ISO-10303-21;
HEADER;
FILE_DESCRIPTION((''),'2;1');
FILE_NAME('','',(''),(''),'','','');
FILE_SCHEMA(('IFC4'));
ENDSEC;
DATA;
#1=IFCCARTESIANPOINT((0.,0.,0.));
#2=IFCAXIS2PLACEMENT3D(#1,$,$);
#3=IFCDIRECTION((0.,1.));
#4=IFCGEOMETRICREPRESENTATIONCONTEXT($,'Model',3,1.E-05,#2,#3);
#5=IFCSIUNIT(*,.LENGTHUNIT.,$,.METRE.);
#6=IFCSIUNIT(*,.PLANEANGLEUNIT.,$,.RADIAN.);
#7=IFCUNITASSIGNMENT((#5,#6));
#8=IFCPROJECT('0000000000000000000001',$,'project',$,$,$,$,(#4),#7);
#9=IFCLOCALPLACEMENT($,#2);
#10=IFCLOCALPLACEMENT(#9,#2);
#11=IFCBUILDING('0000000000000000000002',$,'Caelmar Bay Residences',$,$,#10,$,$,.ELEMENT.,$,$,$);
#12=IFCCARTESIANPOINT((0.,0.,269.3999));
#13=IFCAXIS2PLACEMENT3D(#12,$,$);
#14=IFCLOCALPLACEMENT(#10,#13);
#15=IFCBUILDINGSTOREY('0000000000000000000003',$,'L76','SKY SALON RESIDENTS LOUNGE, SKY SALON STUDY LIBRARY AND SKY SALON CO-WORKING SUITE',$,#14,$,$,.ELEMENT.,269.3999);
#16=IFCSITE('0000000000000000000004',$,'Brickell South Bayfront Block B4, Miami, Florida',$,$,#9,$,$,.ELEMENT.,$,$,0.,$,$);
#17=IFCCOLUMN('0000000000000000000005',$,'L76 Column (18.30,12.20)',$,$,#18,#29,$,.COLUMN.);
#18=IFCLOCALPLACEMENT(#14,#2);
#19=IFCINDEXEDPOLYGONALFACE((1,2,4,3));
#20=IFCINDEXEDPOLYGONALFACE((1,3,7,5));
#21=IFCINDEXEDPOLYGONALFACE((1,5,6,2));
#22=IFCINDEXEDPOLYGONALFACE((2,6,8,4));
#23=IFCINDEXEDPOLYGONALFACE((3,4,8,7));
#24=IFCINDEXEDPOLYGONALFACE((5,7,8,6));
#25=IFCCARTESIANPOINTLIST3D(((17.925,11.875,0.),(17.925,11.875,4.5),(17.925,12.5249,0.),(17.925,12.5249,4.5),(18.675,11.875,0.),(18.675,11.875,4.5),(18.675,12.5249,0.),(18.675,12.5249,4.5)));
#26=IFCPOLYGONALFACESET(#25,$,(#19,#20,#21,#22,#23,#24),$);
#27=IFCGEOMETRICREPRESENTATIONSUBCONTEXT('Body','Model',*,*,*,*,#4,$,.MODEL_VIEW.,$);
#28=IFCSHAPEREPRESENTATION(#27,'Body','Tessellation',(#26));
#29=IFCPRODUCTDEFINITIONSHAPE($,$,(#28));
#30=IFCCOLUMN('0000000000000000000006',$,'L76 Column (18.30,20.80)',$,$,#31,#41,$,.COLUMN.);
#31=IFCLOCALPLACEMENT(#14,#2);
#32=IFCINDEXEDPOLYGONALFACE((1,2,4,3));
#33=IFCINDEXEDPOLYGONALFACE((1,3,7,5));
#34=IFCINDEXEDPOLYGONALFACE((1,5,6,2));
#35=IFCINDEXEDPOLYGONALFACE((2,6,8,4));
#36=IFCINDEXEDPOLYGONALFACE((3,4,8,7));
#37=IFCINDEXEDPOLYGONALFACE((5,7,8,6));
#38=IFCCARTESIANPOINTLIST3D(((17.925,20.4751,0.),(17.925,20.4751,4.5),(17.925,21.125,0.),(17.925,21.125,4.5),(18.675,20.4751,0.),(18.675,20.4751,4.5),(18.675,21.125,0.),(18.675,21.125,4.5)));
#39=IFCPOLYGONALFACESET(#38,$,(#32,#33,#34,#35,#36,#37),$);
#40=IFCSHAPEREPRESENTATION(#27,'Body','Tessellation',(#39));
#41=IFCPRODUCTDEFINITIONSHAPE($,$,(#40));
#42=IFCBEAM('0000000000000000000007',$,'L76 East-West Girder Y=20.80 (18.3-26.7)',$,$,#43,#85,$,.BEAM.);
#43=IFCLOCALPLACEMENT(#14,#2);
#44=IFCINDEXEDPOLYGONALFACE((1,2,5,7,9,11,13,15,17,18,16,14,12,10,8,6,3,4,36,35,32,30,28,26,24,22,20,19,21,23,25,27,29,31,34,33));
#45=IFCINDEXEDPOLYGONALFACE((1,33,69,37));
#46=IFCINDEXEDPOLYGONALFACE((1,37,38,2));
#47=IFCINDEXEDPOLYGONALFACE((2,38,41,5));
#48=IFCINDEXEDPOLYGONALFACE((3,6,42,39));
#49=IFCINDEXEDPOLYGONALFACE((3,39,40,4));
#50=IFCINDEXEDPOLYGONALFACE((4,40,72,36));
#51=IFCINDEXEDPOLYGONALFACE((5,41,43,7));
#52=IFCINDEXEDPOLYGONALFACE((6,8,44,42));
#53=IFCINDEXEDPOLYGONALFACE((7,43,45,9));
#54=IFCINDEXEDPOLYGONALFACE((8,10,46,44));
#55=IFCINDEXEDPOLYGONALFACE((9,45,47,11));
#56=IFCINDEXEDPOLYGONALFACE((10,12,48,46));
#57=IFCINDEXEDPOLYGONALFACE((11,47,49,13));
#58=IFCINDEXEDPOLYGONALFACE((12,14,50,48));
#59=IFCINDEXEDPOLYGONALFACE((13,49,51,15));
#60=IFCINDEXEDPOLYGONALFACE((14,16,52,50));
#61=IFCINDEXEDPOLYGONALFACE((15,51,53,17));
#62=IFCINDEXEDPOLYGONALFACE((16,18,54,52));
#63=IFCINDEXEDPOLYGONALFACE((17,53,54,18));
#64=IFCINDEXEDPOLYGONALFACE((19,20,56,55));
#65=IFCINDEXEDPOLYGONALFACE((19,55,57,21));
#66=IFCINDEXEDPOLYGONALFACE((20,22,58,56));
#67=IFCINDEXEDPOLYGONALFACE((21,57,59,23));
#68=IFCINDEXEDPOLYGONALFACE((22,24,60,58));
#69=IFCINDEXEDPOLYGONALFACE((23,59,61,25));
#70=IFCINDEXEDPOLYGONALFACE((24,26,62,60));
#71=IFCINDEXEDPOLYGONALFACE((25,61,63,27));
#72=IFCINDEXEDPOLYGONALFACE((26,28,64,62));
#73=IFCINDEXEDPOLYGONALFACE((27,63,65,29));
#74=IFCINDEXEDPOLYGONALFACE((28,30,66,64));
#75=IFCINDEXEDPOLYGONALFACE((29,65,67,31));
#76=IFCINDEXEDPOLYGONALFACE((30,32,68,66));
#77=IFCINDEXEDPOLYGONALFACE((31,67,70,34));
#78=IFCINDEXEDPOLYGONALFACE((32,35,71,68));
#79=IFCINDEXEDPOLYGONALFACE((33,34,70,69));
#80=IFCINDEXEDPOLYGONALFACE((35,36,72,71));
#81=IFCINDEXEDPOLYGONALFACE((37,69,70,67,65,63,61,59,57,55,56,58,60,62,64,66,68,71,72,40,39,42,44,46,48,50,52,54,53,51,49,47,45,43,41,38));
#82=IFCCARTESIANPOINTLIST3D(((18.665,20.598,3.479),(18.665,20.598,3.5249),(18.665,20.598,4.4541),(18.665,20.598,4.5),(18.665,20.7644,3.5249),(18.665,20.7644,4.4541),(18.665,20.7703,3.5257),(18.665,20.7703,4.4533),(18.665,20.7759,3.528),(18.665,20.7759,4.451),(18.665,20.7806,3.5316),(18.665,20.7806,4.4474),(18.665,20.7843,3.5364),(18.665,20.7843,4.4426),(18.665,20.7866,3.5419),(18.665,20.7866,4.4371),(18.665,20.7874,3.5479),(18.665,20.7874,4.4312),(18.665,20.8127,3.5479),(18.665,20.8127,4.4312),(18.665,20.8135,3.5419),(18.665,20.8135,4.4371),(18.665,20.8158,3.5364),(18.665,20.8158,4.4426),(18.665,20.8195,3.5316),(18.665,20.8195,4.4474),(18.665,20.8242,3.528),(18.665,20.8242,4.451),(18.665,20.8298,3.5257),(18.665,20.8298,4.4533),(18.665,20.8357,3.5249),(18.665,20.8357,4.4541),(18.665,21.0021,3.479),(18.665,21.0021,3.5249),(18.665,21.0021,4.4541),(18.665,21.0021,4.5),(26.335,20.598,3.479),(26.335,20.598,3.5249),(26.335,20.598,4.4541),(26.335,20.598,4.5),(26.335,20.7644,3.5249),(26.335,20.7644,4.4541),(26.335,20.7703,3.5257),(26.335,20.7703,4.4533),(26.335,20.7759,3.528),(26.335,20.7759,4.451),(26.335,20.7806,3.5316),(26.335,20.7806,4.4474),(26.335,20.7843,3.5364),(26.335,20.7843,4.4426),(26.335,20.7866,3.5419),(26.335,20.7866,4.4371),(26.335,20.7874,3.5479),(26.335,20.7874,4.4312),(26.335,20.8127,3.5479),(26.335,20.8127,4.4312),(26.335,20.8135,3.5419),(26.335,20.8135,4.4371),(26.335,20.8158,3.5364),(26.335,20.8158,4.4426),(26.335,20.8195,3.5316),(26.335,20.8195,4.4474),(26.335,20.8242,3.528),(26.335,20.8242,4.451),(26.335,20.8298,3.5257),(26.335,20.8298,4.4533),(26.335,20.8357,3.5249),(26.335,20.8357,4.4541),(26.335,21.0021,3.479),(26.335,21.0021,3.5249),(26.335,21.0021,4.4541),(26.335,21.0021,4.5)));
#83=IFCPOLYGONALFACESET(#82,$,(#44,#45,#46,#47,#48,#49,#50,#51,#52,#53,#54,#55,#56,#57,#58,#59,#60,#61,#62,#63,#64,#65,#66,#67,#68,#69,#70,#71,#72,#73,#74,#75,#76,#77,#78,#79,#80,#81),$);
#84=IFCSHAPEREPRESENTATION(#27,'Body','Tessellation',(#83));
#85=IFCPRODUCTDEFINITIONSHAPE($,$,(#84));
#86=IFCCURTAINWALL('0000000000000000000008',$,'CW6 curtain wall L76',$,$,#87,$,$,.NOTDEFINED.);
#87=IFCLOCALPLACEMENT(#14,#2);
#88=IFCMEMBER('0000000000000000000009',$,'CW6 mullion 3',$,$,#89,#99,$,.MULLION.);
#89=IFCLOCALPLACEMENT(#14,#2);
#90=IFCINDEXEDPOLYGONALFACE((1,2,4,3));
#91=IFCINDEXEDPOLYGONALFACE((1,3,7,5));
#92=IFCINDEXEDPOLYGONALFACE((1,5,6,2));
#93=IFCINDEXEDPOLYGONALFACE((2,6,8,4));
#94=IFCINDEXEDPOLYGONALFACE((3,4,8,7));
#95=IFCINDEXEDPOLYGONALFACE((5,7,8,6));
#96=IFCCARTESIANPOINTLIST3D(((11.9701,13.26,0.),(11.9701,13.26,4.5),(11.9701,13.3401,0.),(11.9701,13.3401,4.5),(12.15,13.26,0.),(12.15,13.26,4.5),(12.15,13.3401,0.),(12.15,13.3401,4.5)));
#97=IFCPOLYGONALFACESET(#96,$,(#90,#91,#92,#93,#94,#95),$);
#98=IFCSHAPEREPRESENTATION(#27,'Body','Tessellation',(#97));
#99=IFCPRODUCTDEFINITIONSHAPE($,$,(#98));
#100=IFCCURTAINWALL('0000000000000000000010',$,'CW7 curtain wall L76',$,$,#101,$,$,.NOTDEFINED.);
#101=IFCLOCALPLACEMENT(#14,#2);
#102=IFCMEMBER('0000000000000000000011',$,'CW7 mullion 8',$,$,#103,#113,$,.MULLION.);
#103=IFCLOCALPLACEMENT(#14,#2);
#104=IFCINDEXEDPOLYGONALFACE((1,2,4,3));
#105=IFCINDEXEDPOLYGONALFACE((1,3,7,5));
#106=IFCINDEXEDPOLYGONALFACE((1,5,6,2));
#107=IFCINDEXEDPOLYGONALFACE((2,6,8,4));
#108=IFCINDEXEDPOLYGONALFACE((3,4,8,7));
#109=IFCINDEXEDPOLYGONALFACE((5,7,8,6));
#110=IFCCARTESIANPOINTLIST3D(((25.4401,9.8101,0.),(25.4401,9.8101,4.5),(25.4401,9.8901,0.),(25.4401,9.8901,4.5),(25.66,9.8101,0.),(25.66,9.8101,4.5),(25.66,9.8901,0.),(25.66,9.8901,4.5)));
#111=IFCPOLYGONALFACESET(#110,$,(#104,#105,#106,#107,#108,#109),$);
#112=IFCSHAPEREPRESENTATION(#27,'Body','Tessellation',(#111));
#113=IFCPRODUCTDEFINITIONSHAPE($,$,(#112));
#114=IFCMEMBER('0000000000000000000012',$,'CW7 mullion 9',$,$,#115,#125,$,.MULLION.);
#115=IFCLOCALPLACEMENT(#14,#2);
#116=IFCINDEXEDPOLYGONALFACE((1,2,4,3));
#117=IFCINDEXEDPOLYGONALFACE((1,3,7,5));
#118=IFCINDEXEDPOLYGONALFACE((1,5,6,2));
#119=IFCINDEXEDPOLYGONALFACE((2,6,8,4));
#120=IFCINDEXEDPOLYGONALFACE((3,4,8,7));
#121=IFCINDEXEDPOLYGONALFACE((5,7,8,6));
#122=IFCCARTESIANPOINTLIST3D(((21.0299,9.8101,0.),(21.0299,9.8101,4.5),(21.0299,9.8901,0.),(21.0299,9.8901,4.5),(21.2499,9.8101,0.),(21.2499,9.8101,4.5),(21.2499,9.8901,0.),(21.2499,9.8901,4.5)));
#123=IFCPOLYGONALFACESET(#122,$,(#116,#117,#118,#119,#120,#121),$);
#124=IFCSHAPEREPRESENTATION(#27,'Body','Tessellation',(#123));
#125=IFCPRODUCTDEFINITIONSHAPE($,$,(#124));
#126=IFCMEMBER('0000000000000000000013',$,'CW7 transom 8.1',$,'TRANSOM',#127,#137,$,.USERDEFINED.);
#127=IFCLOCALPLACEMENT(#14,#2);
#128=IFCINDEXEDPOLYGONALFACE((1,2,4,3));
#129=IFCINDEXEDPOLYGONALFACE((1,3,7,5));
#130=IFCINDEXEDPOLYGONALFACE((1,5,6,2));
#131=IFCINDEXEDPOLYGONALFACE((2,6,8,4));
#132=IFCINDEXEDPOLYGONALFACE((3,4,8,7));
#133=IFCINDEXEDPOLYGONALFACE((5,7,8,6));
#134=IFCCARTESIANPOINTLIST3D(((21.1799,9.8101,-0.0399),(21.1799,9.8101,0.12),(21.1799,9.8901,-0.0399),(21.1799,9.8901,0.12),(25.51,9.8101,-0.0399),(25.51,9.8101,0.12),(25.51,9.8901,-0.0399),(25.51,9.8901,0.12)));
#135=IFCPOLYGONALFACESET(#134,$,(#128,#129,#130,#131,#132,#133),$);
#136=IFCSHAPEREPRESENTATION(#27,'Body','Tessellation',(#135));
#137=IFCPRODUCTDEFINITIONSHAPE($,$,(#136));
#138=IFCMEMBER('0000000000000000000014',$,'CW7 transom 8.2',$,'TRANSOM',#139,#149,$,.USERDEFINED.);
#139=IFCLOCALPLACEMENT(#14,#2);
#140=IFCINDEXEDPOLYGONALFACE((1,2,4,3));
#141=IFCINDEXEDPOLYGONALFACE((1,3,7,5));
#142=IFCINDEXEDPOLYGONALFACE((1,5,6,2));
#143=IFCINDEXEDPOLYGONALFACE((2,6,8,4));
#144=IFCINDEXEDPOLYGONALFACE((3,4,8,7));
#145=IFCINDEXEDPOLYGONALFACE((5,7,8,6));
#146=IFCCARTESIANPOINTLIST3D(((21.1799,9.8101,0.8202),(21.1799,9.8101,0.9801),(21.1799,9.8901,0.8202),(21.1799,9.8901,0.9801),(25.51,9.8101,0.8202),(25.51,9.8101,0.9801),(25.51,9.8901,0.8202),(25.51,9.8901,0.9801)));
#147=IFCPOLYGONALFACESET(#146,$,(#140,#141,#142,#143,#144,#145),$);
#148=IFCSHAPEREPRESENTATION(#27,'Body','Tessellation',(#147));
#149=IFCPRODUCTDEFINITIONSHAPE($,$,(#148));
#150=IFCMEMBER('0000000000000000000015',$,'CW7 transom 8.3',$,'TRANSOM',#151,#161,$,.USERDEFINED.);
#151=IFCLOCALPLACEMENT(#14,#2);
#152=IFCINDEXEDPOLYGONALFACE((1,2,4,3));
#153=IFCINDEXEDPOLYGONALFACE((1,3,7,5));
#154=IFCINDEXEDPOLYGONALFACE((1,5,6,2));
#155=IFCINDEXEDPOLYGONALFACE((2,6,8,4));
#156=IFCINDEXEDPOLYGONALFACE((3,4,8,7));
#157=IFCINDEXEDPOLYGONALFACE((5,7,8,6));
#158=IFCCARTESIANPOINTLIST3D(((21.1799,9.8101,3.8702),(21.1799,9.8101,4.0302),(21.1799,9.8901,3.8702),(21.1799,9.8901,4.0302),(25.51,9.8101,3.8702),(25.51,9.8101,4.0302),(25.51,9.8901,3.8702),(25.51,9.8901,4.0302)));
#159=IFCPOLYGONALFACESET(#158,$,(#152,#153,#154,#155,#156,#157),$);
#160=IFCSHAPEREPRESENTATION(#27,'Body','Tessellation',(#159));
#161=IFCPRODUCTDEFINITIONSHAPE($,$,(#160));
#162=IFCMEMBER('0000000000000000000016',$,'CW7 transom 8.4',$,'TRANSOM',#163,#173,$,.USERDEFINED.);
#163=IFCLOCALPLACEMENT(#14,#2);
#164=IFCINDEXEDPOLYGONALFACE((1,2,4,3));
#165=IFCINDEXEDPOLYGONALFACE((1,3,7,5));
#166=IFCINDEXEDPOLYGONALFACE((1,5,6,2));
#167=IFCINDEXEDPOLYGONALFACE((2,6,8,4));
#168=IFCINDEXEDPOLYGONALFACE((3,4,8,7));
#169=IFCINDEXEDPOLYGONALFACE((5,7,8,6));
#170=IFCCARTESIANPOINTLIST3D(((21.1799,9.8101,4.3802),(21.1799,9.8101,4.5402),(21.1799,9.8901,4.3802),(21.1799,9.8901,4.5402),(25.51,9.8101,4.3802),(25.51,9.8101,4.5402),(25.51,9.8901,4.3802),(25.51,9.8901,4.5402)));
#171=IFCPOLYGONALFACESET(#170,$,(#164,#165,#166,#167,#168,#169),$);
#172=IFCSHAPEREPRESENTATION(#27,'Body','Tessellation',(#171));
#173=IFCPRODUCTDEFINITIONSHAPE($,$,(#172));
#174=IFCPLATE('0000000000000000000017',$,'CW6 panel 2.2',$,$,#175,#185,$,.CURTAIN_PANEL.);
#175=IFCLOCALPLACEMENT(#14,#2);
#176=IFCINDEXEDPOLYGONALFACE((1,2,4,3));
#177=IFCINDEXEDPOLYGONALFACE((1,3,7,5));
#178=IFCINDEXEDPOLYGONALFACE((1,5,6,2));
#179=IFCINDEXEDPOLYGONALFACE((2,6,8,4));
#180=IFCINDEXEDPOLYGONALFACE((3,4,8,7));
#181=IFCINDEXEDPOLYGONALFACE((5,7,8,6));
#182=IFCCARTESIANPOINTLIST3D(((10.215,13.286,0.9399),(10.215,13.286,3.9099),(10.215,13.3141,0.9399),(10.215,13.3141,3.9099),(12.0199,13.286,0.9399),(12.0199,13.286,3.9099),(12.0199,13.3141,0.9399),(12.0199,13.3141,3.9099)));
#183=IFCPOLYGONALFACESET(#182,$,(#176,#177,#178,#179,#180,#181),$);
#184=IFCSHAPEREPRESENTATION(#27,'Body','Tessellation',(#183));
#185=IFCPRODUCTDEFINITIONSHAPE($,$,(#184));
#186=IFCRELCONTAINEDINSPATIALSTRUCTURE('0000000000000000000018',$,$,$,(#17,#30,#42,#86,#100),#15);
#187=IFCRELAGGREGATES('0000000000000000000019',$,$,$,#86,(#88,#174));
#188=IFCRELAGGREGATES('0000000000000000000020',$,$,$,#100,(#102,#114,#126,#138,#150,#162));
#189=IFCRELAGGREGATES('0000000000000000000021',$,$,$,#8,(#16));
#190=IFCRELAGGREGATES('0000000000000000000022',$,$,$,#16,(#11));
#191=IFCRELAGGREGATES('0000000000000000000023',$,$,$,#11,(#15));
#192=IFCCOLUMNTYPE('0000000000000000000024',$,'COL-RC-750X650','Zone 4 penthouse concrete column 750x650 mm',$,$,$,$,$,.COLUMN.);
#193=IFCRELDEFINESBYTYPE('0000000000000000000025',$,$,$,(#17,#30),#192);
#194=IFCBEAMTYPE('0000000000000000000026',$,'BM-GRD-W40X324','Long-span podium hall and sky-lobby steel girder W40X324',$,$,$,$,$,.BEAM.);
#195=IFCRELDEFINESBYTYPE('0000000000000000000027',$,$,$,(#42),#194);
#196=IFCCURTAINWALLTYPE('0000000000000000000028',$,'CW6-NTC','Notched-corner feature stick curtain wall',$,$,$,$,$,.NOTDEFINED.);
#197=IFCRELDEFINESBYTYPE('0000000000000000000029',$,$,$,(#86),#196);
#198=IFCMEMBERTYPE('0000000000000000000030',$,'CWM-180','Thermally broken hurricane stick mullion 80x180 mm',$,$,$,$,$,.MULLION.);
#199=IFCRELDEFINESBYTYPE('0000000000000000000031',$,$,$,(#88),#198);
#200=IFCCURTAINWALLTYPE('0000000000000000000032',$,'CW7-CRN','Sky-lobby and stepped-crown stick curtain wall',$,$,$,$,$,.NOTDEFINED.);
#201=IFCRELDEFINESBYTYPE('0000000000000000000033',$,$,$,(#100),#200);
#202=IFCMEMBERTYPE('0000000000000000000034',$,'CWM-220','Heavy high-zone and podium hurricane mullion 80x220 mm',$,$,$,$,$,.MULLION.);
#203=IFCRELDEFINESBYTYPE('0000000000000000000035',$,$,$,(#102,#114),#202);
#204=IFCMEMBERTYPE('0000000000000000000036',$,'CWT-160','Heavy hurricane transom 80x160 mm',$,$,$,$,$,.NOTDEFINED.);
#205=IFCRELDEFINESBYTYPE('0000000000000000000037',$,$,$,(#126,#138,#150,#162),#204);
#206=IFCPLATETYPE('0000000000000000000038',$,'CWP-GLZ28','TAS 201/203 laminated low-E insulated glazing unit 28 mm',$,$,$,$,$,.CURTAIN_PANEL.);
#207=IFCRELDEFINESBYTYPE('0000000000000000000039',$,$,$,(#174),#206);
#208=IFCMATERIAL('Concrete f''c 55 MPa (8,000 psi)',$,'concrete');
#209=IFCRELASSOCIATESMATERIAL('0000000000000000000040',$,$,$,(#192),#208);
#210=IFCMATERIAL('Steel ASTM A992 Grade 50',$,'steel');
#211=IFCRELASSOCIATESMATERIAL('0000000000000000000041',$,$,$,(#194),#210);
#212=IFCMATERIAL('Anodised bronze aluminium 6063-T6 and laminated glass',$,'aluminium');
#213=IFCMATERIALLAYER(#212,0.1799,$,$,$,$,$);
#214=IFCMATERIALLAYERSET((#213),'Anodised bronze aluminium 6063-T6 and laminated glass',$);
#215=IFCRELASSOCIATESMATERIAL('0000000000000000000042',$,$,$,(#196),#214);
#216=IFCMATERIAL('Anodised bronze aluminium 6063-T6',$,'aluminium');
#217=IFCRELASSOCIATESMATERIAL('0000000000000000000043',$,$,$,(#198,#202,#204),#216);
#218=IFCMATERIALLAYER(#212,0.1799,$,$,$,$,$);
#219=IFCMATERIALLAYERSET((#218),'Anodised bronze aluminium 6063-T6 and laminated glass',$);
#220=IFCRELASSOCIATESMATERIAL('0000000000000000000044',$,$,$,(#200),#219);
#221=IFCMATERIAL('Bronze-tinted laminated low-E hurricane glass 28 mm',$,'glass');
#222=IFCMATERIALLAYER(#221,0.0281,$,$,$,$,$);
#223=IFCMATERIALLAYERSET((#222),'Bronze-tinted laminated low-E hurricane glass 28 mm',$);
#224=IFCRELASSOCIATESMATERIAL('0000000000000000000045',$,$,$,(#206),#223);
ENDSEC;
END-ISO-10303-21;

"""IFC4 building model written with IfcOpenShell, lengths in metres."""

from ifc_helpers import new_model, si_unit, direction, frame, origin, origin_2d, place, context, subcontext, project, spatial, rectangle, i_section, extrude, material, layer, layer_set, material_profile, profile_set, type_object, element, aggregate, save


model = new_model("IFC4")

# Units and contexts
model_context = context("Model", 3, precision=1e-05, world=origin(), true_north=direction((0.0, 1.0)))
body_context = subcontext(model_context, "Body", "Model", "MODEL_VIEW")
ifc_project = project(units=[si_unit("LENGTHUNIT", "METRE"), si_unit("PLANEANGLEUNIT", "RADIAN")], contexts=[model_context])

# Site, building, storey
site_placement = place(None, origin())
site = spatial("IfcSite", under=ifc_project, at=site_placement, Name="Brickell South Bayfront Block B4, Miami, Florida", CompositionType="ELEMENT", RefElevation=0.0)
building_placement = place(site_placement, origin())
building = spatial("IfcBuilding", under=site, at=building_placement, Name="Caelmar Bay Residences", CompositionType="ELEMENT")
storey_placement = place(building_placement, frame((0.0, 0.0, 269.3999)))
storey = spatial("IfcBuildingStorey", under=building, at=storey_placement, Name="L76", Description="SKY SALON RESIDENTS LOUNGE, SKY SALON STUDY LIBRARY AND SKY SALON CO-WORKING SUITE", CompositionType="ELEMENT", Elevation=269.3999)

# Columns
ifc_material_1 = material(Name="Concrete f'c 55 MPa (8,000 psi)", Category="concrete")
ifc_material_profile_1 = material_profile(ifc_material_1, rectangle(XDim=0.75, YDim=0.6499, at=origin_2d()), Name="RC-COL-750X650")
ifc_profile_set_1 = profile_set([ifc_material_profile_1], Name="Concrete f'c 55 MPa (8,000 psi)")
column_type = type_object("IfcColumnType", Name="COL-RC-750X650", Description="Zone 4 penthouse concrete column 750x650 mm", PredefinedType="COLUMN", material=ifc_profile_set_1)
for number, where, z_axis, x_axis, name in (
    (1, (18.3, 12.2, 0.0), (0.0, 0.0, 1.0), (1.0, 0.0, 0.0), "L76 Column (18.30,12.20)"),
    (2, (18.3, 20.8, 0.0), (0.0, 0.0, 1.0), (1.0, 0.0, 0.0), "L76 Column (18.30,20.80)"),
):
    element("IfcColumn", number, at=place(storey_placement, frame(where, z_axis=z_axis, x_axis=x_axis)), inside=storey, type_object=column_type, Name=name, PredefinedType="COLUMN", context=body_context, shape_type="SweptSolid", body=[
        extrude(rectangle(XDim=0.75, YDim=0.6499, at=origin_2d()), origin(), (0.0, 0.0, 1.0), 4.5),
    ])

# Beam
ifc_material_2 = material(Name="Steel ASTM A992 Grade 50", Category="steel")
ifc_material_profile_2 = material_profile(ifc_material_2, i_section(OverallWidth=0.4041, OverallDepth=1.021, WebThickness=0.0254, FlangeThickness=0.0459, FilletRadius=0.0229, at=origin_2d()), Name="W40X324")
ifc_profile_set_2 = profile_set([ifc_material_profile_2], Name="Steel ASTM A992 Grade 50")
beam_type = type_object("IfcBeamType", Name="BM-GRD-W40X324", Description="Long-span podium hall and sky-lobby steel girder W40X324", PredefinedType="BEAM", material=ifc_profile_set_2)
beam_placement = place(storey_placement, frame((18.665, 20.8, 3.9895), z_axis=(1.0, 0.0, 0.0), x_axis=(0.0, 1.0, 0.0)))
element("IfcBeam", 3, at=beam_placement, inside=storey, type_object=beam_type, Name="L76 East-West Girder Y=20.80 (18.3-26.7)", PredefinedType="BEAM", context=body_context, shape_type="SweptSolid", body=[
    extrude(i_section(OverallWidth=0.4041, OverallDepth=1.021, WebThickness=0.0254, FlangeThickness=0.0459, FilletRadius=0.0229, at=origin_2d()), origin(), (0.0, 0.0, 1.0), 7.6699),
])

# Curtain wall, member
ifc_material_3 = material(Name="Anodised bronze aluminium 6063-T6 and laminated glass", Category="aluminium")
ifc_layer_1 = layer(ifc_material_3, 0.1799)
ifc_layer_set_1 = layer_set([ifc_layer_1], Name="Anodised bronze aluminium 6063-T6 and laminated glass")
curtain_wall_type_1 = type_object("IfcCurtainWallType", Name="CW6-NTC", Description="Notched-corner feature stick curtain wall", PredefinedType="NOTDEFINED", material=ifc_layer_set_1)
curtain_wall_1_placement = place(storey_placement, origin())
curtain_wall_1 = element("IfcCurtainWall", 4, at=curtain_wall_1_placement, inside=storey, type_object=curtain_wall_type_1, Name="CW6 curtain wall L76", PredefinedType="NOTDEFINED")
ifc_material_4 = material(Name="Anodised bronze aluminium 6063-T6", Category="aluminium")
ifc_material_profile_3 = material_profile(ifc_material_4, rectangle(XDim=0.0801, YDim=0.1799, at=origin_2d()), Name="CWM-80X180")
ifc_profile_set_3 = profile_set([ifc_material_profile_3], Name="Anodised bronze aluminium 6063-T6")
member_type_1 = type_object("IfcMemberType", Name="CWM-180", Description="Thermally broken hurricane stick mullion 80x180 mm", PredefinedType="MULLION", material=ifc_profile_set_3)
member_1_placement = place(storey_placement, frame((12.0601, 13.3, 0.0), z_axis=(0.0, 0.0, 1.0), x_axis=(0.0, 1.0, 0.0)))
member_1 = element("IfcMember", 5, at=member_1_placement, type_object=member_type_1, Name="CW6 mullion 3", PredefinedType="MULLION", context=body_context, shape_type="SweptSolid", body=[
    extrude(rectangle(XDim=0.0801, YDim=0.1799, at=origin_2d()), origin(), (0.0, 0.0, 1.0), 4.5),
])

# Curtain wall, members
ifc_layer_2 = layer(ifc_material_3, 0.1799)
ifc_layer_set_2 = layer_set([ifc_layer_2], Name="Anodised bronze aluminium 6063-T6 and laminated glass")
curtain_wall_type_2 = type_object("IfcCurtainWallType", Name="CW7-CRN", Description="Sky-lobby and stepped-crown stick curtain wall", PredefinedType="NOTDEFINED", material=ifc_layer_set_2)
curtain_wall_2_placement = place(storey_placement, origin())
curtain_wall_2 = element("IfcCurtainWall", 6, at=curtain_wall_2_placement, inside=storey, type_object=curtain_wall_type_2, Name="CW7 curtain wall L76", PredefinedType="NOTDEFINED")
ifc_material_profile_4 = material_profile(ifc_material_4, rectangle(XDim=0.0801, YDim=0.22, at=origin_2d()), Name="CWM-80X220")
ifc_profile_set_4 = profile_set([ifc_material_profile_4], Name="Anodised bronze aluminium 6063-T6")
member_type_2 = type_object("IfcMemberType", Name="CWM-220", Description="Heavy high-zone and podium hurricane mullion 80x220 mm", PredefinedType="MULLION", material=ifc_profile_set_4)
member_2_placement = place(storey_placement, frame((25.55, 9.8501, 0.0), z_axis=(0.0, 0.0, 1.0), x_axis=(0.0, -1.0, 0.0)))
member_2 = element("IfcMember", 7, at=member_2_placement, type_object=member_type_2, Name="CW7 mullion 8", PredefinedType="MULLION", context=body_context, shape_type="SweptSolid", body=[
    extrude(rectangle(XDim=0.0801, YDim=0.22, at=origin_2d()), origin(), (0.0, 0.0, 1.0), 4.5),
])
member_3_placement = place(storey_placement, frame((21.1399, 9.8501, 0.0), z_axis=(0.0, 0.0, 1.0), x_axis=(0.0, -1.0, 0.0)))
member_3 = element("IfcMember", 8, at=member_3_placement, type_object=member_type_2, Name="CW7 mullion 9", PredefinedType="MULLION", context=body_context, shape_type="SweptSolid", body=[
    extrude(rectangle(XDim=0.0801, YDim=0.22, at=origin_2d()), origin(), (0.0, 0.0, 1.0), 4.5),
])
ifc_material_profile_5 = material_profile(ifc_material_4, rectangle(XDim=0.0801, YDim=0.1599, at=origin_2d()), Name="CWT-80X160")
ifc_profile_set_5 = profile_set([ifc_material_profile_5], Name="Anodised bronze aluminium 6063-T6")
member_type_3 = type_object("IfcMemberType", Name="CWT-160", Description="Heavy hurricane transom 80x160 mm", PredefinedType="NOTDEFINED", material=ifc_profile_set_5)
member_4_placement = place(storey_placement, frame((25.51, 9.8501, 0.04), z_axis=(-1.0, 0.0, 0.0), x_axis=(0.0, -1.0, 0.0)))
member_4 = element("IfcMember", 9, at=member_4_placement, type_object=member_type_3, Name="CW7 transom 8.1", ObjectType="TRANSOM", PredefinedType="USERDEFINED", context=body_context, shape_type="SweptSolid", body=[
    extrude(rectangle(XDim=0.0801, YDim=0.1599, at=origin_2d()), origin(), (0.0, 0.0, 1.0), 4.3301),
])
member_5_placement = place(storey_placement, frame((25.51, 9.8501, 0.9001), z_axis=(-1.0, 0.0, 0.0), x_axis=(0.0, -1.0, 0.0)))
member_5 = element("IfcMember", 10, at=member_5_placement, type_object=member_type_3, Name="CW7 transom 8.2", ObjectType="TRANSOM", PredefinedType="USERDEFINED", context=body_context, shape_type="SweptSolid", body=[
    extrude(rectangle(XDim=0.0801, YDim=0.1599, at=origin_2d()), origin(), (0.0, 0.0, 1.0), 4.3301),
])
member_6_placement = place(storey_placement, frame((25.51, 9.8501, 3.9502), z_axis=(-1.0, 0.0, 0.0), x_axis=(0.0, -1.0, 0.0)))
member_6 = element("IfcMember", 11, at=member_6_placement, type_object=member_type_3, Name="CW7 transom 8.3", ObjectType="TRANSOM", PredefinedType="USERDEFINED", context=body_context, shape_type="SweptSolid", body=[
    extrude(rectangle(XDim=0.0801, YDim=0.1599, at=origin_2d()), origin(), (0.0, 0.0, 1.0), 4.3301),
])
member_7_placement = place(storey_placement, frame((25.51, 9.8501, 4.4602), z_axis=(-1.0, 0.0, 0.0), x_axis=(0.0, -1.0, 0.0)))
member_7 = element("IfcMember", 12, at=member_7_placement, type_object=member_type_3, Name="CW7 transom 8.4", ObjectType="TRANSOM", PredefinedType="USERDEFINED", context=body_context, shape_type="SweptSolid", body=[
    extrude(rectangle(XDim=0.0801, YDim=0.1599, at=origin_2d()), origin(), (0.0, 0.0, 1.0), 4.3301),
])

# Plate
ifc_material_5 = material(Name="Bronze-tinted laminated low-E hurricane glass 28 mm", Category="glass")
ifc_layer_3 = layer(ifc_material_5, 0.0281)
ifc_layer_set_3 = layer_set([ifc_layer_3], Name="Bronze-tinted laminated low-E hurricane glass 28 mm")
plate_type_1 = type_object("IfcPlateType", Name="CWP-GLZ28", Description="TAS 201/203 laminated low-E insulated glazing unit 28 mm", PredefinedType="CURTAIN_PANEL", material=ifc_layer_set_3)
plate_1_placement = place(storey_placement, frame((11.1174, 13.3, 0.9399), z_axis=(0.0, 0.0, 1.0), x_axis=(1.0, 0.0, 0.0)))
plate_1 = element("IfcPlate", 13, at=plate_1_placement, type_object=plate_type_1, Name="CW6 panel 2.2", PredefinedType="CURTAIN_PANEL", context=body_context, shape_type="SweptSolid", body=[
    extrude(rectangle(XDim=1.8049, YDim=0.0281, at=origin_2d()), origin(), (0.0, 0.0, 1.0), 2.97),
])
aggregate(curtain_wall_1, [member_1, plate_1])
aggregate(curtain_wall_2, [member_2, member_3, member_4, member_5, member_6, member_7])

save(model, "model.ifc")
